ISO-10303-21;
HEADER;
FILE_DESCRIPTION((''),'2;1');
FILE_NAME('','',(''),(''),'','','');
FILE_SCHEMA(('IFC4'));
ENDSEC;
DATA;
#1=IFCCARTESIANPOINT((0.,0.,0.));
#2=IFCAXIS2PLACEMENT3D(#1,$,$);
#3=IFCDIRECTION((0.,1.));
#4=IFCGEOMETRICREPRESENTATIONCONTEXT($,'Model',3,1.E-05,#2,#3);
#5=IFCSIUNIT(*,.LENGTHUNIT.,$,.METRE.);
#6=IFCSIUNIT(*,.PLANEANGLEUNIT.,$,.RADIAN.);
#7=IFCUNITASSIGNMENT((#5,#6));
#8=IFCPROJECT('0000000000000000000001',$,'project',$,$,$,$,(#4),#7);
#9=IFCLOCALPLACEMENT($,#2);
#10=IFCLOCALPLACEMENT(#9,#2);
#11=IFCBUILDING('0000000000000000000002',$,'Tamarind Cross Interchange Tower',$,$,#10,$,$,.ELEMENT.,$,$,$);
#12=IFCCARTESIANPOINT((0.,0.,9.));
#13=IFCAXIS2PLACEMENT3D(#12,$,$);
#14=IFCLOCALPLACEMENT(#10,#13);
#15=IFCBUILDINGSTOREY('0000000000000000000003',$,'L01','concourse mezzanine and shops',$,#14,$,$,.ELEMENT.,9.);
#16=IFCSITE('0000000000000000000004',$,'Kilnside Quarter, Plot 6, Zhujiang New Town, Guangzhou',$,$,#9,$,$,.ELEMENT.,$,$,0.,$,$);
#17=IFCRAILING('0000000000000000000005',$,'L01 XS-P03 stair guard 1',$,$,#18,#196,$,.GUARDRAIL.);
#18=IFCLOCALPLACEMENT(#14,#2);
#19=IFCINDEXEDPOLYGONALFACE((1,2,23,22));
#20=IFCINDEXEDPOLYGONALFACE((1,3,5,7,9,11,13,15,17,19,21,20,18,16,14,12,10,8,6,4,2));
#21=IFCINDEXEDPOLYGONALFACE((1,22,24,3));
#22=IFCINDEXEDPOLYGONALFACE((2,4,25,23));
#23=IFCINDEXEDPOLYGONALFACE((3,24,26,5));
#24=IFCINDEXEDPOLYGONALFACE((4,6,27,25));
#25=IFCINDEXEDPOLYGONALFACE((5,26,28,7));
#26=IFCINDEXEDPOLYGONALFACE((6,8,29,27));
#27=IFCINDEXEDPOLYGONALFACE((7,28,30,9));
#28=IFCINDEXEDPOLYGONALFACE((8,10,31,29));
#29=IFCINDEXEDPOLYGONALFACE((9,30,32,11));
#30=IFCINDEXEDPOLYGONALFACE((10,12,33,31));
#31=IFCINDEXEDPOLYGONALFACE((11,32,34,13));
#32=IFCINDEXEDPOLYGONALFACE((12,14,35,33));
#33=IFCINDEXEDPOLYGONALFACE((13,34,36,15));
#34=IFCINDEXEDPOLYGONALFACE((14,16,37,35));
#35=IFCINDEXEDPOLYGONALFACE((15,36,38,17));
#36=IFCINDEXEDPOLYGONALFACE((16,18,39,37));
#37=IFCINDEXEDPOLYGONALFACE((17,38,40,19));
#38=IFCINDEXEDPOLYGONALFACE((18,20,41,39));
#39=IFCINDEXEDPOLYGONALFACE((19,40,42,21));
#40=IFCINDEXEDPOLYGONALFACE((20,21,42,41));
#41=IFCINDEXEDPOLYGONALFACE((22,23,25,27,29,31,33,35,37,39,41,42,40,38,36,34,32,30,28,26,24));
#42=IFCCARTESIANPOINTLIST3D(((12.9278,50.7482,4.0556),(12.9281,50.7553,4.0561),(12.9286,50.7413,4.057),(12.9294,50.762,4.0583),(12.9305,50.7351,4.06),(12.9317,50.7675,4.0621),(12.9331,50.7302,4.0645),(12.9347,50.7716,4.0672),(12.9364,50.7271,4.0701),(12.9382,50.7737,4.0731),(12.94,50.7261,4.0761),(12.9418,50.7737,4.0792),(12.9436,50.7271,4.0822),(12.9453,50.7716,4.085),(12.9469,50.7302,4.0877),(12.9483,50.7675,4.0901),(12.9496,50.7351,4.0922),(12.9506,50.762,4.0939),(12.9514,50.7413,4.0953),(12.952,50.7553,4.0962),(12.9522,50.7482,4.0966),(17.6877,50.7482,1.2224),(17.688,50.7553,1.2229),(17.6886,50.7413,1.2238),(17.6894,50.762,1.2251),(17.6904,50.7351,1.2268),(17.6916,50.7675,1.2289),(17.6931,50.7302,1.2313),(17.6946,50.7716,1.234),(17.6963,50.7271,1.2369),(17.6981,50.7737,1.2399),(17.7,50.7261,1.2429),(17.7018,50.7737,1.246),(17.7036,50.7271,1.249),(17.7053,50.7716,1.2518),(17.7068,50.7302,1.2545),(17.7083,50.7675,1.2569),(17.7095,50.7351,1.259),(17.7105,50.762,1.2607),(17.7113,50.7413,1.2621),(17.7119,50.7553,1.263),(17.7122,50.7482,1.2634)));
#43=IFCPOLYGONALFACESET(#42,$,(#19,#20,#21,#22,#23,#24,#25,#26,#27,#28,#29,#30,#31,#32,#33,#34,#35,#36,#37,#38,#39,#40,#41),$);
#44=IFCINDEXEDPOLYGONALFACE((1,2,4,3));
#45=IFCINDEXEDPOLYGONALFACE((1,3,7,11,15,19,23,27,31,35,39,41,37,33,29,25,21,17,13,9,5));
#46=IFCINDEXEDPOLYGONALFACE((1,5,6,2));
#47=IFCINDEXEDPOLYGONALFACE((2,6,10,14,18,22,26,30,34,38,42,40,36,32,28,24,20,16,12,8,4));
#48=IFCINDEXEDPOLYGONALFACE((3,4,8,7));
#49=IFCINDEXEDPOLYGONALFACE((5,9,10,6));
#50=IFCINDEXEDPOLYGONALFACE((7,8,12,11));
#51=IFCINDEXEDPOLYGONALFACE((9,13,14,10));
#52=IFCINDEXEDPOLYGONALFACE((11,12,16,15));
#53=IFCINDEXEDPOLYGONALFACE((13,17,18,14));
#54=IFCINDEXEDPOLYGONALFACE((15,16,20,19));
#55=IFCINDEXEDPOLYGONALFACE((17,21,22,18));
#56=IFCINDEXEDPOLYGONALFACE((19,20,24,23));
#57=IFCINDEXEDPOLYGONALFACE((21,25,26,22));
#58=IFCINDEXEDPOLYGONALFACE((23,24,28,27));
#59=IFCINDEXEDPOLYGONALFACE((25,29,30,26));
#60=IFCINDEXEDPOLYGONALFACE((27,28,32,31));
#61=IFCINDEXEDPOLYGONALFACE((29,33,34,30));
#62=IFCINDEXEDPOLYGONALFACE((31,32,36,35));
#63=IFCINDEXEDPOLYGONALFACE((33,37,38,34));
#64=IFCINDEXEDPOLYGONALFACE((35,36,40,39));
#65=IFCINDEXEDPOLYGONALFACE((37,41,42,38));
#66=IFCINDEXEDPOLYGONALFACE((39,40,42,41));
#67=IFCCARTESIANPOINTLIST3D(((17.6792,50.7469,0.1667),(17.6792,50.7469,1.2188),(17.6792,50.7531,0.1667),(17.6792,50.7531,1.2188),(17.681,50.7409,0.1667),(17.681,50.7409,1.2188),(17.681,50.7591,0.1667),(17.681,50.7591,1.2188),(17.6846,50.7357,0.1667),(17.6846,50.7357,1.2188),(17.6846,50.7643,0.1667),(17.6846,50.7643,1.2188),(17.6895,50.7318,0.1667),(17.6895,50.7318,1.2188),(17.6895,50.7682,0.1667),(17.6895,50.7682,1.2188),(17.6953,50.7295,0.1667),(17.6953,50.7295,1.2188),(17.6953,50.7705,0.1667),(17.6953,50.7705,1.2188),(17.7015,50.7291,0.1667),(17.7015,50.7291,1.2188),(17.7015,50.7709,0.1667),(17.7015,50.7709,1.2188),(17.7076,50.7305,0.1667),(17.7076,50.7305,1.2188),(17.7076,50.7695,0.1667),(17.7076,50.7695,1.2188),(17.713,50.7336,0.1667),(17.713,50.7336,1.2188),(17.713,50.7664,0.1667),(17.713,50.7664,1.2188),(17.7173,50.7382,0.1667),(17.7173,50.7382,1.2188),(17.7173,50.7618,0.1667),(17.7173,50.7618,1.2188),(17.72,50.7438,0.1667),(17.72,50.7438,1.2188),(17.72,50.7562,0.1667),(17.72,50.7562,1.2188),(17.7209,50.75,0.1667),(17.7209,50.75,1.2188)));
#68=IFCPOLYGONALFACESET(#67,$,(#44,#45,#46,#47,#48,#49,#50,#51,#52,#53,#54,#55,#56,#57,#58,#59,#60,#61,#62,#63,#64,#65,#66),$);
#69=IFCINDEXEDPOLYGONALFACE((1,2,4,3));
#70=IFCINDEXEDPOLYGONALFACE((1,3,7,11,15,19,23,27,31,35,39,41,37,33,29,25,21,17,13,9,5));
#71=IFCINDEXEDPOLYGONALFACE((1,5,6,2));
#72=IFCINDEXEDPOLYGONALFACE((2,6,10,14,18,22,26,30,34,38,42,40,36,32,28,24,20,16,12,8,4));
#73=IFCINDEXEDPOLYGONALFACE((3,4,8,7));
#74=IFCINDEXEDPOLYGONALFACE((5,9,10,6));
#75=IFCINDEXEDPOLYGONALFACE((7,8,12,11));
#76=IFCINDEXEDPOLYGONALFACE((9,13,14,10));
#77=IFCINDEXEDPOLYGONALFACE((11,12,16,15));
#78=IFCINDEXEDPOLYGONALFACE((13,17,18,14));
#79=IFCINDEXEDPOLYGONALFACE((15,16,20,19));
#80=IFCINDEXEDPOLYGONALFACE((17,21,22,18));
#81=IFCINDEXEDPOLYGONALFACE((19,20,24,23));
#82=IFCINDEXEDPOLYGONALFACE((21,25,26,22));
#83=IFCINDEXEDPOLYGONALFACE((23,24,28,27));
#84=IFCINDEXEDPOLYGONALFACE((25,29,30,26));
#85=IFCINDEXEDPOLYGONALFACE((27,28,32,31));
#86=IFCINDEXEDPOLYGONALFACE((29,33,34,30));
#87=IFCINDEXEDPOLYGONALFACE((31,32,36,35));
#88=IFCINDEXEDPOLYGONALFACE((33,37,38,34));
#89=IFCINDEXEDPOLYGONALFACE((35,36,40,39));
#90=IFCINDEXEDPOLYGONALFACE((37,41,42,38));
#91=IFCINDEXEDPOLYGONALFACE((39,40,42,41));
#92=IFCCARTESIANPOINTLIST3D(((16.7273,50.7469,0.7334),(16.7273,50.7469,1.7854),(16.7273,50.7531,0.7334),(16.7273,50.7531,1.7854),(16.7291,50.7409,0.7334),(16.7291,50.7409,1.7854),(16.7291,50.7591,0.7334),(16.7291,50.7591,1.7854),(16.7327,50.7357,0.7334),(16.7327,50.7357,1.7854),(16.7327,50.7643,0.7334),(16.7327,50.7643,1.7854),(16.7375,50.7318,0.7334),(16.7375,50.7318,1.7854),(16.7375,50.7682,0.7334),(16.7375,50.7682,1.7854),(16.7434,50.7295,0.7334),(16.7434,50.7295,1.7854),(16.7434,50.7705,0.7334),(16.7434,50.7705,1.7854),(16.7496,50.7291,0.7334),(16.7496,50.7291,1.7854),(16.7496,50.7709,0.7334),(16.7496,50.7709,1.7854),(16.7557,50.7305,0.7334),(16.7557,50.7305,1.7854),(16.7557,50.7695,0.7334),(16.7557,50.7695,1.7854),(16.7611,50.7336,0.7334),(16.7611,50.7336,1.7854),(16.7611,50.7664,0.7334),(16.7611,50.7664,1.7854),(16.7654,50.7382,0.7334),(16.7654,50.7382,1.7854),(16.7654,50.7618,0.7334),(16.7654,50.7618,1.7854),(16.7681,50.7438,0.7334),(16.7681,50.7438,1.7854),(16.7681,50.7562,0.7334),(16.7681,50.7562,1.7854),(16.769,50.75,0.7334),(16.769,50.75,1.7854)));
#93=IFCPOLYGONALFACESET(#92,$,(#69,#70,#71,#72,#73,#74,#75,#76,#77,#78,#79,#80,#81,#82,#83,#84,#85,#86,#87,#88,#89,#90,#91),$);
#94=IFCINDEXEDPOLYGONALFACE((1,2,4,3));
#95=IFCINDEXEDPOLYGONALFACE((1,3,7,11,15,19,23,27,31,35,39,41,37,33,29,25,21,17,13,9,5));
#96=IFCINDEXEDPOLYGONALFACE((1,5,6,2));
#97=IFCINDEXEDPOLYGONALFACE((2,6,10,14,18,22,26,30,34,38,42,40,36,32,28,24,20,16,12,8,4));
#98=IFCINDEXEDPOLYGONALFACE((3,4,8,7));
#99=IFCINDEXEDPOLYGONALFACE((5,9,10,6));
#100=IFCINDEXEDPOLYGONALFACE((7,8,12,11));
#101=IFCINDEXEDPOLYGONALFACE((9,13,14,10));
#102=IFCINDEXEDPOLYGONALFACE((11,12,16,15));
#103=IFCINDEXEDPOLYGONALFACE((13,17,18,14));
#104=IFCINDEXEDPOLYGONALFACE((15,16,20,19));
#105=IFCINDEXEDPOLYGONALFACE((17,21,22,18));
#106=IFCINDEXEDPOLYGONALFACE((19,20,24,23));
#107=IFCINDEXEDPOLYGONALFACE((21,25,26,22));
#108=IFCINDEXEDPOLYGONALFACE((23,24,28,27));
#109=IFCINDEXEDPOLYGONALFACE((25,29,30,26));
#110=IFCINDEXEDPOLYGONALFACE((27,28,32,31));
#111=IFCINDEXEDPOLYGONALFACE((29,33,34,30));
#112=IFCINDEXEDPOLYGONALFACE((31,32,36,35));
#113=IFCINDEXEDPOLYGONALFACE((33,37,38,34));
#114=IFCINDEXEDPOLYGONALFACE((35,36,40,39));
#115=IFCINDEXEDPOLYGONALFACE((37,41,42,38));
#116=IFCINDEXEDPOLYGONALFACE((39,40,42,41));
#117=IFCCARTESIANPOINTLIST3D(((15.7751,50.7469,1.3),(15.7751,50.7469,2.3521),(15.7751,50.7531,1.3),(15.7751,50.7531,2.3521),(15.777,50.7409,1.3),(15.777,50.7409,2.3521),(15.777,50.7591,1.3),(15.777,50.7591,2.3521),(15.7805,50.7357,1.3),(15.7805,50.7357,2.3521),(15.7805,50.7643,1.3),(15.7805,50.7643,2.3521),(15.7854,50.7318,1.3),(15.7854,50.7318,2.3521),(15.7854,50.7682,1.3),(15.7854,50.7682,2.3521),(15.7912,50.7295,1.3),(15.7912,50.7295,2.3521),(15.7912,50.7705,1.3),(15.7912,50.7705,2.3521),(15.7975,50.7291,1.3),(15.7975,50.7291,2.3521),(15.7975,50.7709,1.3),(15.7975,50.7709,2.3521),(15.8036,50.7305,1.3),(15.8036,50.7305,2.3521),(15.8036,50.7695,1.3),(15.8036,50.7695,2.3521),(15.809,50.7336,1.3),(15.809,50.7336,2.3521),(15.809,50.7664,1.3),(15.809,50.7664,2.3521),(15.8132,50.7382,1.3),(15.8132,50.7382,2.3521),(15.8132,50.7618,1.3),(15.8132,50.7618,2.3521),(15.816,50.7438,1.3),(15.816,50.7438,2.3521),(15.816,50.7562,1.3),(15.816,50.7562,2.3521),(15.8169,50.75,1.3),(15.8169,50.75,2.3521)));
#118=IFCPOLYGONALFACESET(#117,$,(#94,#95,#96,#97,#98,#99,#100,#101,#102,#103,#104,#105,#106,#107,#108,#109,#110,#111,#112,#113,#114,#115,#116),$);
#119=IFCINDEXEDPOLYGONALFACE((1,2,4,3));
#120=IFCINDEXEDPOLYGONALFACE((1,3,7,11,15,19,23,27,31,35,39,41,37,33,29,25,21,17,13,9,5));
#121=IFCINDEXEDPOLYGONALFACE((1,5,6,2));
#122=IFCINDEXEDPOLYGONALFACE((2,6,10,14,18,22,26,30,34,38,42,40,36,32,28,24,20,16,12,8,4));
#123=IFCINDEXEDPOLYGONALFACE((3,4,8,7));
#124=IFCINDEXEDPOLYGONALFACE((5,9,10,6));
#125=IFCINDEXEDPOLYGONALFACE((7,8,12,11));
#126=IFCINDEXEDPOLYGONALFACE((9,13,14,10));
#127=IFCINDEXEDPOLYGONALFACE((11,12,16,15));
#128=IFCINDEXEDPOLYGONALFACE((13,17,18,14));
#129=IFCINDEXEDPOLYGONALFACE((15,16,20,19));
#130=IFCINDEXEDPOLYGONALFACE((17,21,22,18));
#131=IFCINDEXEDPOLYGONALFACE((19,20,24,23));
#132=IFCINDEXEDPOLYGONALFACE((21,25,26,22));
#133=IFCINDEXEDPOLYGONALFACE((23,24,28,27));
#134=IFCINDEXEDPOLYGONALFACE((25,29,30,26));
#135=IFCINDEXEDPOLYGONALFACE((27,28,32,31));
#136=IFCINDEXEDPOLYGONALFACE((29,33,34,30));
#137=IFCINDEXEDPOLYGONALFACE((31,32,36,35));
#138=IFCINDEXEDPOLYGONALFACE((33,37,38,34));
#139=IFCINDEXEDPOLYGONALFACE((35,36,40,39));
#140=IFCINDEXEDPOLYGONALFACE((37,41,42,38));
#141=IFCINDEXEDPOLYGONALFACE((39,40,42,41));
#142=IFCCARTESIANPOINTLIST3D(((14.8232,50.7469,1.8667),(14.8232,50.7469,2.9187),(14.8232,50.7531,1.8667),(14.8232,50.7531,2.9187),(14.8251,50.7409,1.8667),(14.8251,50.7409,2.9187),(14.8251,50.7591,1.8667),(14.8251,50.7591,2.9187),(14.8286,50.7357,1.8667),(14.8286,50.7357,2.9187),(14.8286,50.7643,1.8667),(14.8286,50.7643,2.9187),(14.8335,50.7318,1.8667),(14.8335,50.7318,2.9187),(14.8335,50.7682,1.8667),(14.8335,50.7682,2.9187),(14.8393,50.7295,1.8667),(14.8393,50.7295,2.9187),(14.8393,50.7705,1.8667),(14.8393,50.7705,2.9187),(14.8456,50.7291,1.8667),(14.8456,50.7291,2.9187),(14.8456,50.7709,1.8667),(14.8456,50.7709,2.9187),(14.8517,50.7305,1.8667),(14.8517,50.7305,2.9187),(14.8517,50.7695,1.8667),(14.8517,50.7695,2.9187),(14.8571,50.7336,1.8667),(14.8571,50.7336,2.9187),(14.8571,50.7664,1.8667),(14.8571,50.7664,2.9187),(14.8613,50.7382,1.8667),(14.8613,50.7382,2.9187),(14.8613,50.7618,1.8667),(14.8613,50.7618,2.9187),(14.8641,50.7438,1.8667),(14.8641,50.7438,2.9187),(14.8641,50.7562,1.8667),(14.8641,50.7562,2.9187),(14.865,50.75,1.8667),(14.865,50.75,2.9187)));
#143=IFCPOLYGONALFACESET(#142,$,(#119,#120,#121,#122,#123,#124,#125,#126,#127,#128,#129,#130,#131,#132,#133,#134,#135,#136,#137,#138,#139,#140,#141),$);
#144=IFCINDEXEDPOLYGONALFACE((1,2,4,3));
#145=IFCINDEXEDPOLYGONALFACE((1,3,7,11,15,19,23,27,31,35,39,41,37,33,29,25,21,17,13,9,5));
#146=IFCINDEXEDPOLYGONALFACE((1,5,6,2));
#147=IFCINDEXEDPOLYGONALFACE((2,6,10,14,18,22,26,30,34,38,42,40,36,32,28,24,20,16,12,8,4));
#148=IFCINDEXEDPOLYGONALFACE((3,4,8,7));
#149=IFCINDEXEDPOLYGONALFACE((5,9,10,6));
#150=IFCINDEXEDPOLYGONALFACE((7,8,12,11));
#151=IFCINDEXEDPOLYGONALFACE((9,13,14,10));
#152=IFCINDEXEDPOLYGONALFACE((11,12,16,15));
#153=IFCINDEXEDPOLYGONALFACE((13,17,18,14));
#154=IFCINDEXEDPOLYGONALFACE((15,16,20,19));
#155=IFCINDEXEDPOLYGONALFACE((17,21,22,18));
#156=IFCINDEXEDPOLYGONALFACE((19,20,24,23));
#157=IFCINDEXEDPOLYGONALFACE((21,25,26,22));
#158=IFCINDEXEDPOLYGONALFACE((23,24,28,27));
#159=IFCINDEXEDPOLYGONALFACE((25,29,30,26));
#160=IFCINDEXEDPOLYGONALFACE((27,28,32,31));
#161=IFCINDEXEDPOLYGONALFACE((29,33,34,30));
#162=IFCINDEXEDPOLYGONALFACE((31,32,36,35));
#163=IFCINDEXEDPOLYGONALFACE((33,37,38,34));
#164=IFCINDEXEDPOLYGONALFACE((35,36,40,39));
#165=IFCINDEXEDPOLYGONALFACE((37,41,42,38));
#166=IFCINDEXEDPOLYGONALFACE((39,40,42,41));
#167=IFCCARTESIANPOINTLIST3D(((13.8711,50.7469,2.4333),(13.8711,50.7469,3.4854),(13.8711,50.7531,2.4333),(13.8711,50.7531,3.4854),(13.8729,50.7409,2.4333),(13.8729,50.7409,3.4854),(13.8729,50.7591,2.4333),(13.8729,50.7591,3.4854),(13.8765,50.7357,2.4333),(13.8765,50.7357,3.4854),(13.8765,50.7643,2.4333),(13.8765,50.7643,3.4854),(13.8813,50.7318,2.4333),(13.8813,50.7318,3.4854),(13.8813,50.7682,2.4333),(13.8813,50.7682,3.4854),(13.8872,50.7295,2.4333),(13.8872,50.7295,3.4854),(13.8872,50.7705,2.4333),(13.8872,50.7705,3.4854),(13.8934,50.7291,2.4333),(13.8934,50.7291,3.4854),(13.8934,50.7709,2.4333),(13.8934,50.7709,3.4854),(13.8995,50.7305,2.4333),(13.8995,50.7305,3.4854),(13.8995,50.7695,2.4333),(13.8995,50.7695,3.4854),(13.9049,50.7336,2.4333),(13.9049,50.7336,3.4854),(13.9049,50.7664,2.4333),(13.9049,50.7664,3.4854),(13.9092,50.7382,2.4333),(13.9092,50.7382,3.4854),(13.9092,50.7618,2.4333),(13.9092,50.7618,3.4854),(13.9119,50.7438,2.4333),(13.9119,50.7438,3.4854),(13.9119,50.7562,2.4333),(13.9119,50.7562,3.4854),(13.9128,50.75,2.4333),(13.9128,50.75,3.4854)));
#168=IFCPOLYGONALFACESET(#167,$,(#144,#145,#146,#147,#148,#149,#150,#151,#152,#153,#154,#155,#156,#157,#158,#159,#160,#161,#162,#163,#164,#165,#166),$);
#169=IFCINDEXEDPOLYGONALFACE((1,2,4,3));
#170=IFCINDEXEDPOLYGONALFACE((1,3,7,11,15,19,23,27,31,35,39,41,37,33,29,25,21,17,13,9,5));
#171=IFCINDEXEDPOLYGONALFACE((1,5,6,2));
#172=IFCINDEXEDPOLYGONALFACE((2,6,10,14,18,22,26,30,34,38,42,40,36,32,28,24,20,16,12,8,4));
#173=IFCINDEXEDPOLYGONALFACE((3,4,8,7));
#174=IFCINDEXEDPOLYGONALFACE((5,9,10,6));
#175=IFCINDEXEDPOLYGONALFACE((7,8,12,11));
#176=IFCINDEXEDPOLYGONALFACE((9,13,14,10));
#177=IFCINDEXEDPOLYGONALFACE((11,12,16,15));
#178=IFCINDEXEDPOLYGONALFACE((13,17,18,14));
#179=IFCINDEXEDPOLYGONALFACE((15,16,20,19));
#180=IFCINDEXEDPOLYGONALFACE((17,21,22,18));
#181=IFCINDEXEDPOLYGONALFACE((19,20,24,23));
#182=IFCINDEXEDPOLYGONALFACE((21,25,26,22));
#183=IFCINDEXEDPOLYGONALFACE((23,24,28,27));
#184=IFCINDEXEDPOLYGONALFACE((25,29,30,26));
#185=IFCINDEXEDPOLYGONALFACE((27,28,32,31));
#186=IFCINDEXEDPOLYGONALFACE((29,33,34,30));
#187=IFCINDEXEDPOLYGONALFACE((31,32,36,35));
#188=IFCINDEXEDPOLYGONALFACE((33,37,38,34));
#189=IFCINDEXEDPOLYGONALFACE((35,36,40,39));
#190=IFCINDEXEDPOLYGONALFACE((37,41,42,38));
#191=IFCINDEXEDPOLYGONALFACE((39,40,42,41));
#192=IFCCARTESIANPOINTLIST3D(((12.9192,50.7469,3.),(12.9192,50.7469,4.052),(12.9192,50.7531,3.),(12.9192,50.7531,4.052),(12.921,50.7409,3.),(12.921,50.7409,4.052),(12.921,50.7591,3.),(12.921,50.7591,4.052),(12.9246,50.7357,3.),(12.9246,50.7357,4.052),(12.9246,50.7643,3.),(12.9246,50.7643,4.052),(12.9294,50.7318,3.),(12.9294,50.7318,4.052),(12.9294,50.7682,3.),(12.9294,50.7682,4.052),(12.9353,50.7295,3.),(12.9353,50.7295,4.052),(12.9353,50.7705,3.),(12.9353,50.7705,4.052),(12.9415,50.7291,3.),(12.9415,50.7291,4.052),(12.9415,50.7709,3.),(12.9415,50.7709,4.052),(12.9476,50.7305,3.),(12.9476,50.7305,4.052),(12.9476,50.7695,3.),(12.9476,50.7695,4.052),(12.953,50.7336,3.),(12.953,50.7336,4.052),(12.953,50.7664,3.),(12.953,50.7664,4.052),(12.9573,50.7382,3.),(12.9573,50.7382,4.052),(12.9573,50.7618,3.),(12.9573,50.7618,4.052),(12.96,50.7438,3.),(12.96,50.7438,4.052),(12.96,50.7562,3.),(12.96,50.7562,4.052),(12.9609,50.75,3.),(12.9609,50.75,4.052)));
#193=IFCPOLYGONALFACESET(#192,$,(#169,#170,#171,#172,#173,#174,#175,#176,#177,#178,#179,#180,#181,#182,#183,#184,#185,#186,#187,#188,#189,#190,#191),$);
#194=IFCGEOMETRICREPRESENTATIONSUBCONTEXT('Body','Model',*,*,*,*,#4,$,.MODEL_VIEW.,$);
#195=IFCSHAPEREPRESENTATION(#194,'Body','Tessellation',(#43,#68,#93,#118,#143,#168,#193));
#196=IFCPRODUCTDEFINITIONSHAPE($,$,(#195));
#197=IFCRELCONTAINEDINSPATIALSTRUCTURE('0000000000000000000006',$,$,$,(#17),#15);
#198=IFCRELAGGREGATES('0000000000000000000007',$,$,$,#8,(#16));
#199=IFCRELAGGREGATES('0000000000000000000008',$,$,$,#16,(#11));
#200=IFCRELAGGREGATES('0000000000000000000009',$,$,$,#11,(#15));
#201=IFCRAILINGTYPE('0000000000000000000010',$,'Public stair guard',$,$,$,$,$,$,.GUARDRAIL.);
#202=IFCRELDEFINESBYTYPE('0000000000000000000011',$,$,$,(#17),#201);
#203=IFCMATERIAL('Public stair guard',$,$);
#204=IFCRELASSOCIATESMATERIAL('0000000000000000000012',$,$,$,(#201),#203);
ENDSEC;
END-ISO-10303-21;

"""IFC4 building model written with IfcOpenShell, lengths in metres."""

from ifc_helpers import new_model, si_unit, direction, frame, origin, origin_2d, place, context, subcontext, project, spatial, circle, extrude, material, type_object, element, save


model = new_model("IFC4")

# Units and contexts
model_context = context("Model", 3, precision=1e-05, world=origin(), true_north=direction((0.0, 1.0)))
body_context = subcontext(model_context, "Body", "Model", "MODEL_VIEW")
ifc_project = project(units=[si_unit("LENGTHUNIT", "METRE"), si_unit("PLANEANGLEUNIT", "RADIAN")], contexts=[model_context])

# Site, building, storey
site_placement = place(None, origin())
site = spatial("IfcSite", under=ifc_project, at=site_placement, Name="Kilnside Quarter, Plot 6, Zhujiang New Town, Guangzhou", CompositionType="ELEMENT", RefElevation=0.0)
building_placement = place(site_placement, origin())
building = spatial("IfcBuilding", under=site, at=building_placement, Name="Tamarind Cross Interchange Tower", CompositionType="ELEMENT")
storey_placement = place(building_placement, frame((0.0, 0.0, 9.0)))
storey = spatial("IfcBuildingStorey", under=building, at=storey_placement, Name="L01", Description="concourse mezzanine and shops", CompositionType="ELEMENT", Elevation=9.0)

# Railing
ifc_material_1 = material(Name="Public stair guard")
railing_type_1 = type_object("IfcRailingType", Name="Public stair guard", PredefinedType="GUARDRAIL", material=ifc_material_1)
railing_1_placement = place(storey_placement, frame((17.7, 50.75, 0.1667)))
element("IfcRailing", 1, at=railing_1_placement, inside=storey, type_object=railing_type_1, Name="L01 XS-P03 stair guard 1", PredefinedType="GUARDRAIL", context=body_context, shape_type="SweptSolid", body=[
    extrude(circle(Radius=0.0239, at=origin_2d()), frame((0.0, 0.0, 1.0762), z_axis=(-0.8593, 0.0, 0.511472), x_axis=(0.0, -1.0, 0.0)), (0.0, 0.0, 1.0), 5.5393),
    extrude(circle(Radius=0.021, at=origin_2d()), origin(), (0.0, 0.0, 1.0), 1.052),
    extrude(circle(Radius=0.021, at=origin_2d()), frame((-0.9519, 0.0, 0.5667)), (0.0, 0.0, 1.0), 1.052),
    extrude(circle(Radius=0.021, at=origin_2d()), frame((-1.9041, 0.0, 1.1333)), (0.0, 0.0, 1.0), 1.052),
    extrude(circle(Radius=0.021, at=origin_2d()), frame((-2.856, 0.0, 1.7)), (0.0, 0.0, 1.0), 1.052),
    extrude(circle(Radius=0.021, at=origin_2d()), frame((-3.8081, 0.0, 2.2666)), (0.0, 0.0, 1.0), 1.052),
    extrude(circle(Radius=0.021, at=origin_2d()), frame((-4.76, 0.0, 2.8333)), (0.0, 0.0, 1.0), 1.052),
])

save(model, "model.ifc")
